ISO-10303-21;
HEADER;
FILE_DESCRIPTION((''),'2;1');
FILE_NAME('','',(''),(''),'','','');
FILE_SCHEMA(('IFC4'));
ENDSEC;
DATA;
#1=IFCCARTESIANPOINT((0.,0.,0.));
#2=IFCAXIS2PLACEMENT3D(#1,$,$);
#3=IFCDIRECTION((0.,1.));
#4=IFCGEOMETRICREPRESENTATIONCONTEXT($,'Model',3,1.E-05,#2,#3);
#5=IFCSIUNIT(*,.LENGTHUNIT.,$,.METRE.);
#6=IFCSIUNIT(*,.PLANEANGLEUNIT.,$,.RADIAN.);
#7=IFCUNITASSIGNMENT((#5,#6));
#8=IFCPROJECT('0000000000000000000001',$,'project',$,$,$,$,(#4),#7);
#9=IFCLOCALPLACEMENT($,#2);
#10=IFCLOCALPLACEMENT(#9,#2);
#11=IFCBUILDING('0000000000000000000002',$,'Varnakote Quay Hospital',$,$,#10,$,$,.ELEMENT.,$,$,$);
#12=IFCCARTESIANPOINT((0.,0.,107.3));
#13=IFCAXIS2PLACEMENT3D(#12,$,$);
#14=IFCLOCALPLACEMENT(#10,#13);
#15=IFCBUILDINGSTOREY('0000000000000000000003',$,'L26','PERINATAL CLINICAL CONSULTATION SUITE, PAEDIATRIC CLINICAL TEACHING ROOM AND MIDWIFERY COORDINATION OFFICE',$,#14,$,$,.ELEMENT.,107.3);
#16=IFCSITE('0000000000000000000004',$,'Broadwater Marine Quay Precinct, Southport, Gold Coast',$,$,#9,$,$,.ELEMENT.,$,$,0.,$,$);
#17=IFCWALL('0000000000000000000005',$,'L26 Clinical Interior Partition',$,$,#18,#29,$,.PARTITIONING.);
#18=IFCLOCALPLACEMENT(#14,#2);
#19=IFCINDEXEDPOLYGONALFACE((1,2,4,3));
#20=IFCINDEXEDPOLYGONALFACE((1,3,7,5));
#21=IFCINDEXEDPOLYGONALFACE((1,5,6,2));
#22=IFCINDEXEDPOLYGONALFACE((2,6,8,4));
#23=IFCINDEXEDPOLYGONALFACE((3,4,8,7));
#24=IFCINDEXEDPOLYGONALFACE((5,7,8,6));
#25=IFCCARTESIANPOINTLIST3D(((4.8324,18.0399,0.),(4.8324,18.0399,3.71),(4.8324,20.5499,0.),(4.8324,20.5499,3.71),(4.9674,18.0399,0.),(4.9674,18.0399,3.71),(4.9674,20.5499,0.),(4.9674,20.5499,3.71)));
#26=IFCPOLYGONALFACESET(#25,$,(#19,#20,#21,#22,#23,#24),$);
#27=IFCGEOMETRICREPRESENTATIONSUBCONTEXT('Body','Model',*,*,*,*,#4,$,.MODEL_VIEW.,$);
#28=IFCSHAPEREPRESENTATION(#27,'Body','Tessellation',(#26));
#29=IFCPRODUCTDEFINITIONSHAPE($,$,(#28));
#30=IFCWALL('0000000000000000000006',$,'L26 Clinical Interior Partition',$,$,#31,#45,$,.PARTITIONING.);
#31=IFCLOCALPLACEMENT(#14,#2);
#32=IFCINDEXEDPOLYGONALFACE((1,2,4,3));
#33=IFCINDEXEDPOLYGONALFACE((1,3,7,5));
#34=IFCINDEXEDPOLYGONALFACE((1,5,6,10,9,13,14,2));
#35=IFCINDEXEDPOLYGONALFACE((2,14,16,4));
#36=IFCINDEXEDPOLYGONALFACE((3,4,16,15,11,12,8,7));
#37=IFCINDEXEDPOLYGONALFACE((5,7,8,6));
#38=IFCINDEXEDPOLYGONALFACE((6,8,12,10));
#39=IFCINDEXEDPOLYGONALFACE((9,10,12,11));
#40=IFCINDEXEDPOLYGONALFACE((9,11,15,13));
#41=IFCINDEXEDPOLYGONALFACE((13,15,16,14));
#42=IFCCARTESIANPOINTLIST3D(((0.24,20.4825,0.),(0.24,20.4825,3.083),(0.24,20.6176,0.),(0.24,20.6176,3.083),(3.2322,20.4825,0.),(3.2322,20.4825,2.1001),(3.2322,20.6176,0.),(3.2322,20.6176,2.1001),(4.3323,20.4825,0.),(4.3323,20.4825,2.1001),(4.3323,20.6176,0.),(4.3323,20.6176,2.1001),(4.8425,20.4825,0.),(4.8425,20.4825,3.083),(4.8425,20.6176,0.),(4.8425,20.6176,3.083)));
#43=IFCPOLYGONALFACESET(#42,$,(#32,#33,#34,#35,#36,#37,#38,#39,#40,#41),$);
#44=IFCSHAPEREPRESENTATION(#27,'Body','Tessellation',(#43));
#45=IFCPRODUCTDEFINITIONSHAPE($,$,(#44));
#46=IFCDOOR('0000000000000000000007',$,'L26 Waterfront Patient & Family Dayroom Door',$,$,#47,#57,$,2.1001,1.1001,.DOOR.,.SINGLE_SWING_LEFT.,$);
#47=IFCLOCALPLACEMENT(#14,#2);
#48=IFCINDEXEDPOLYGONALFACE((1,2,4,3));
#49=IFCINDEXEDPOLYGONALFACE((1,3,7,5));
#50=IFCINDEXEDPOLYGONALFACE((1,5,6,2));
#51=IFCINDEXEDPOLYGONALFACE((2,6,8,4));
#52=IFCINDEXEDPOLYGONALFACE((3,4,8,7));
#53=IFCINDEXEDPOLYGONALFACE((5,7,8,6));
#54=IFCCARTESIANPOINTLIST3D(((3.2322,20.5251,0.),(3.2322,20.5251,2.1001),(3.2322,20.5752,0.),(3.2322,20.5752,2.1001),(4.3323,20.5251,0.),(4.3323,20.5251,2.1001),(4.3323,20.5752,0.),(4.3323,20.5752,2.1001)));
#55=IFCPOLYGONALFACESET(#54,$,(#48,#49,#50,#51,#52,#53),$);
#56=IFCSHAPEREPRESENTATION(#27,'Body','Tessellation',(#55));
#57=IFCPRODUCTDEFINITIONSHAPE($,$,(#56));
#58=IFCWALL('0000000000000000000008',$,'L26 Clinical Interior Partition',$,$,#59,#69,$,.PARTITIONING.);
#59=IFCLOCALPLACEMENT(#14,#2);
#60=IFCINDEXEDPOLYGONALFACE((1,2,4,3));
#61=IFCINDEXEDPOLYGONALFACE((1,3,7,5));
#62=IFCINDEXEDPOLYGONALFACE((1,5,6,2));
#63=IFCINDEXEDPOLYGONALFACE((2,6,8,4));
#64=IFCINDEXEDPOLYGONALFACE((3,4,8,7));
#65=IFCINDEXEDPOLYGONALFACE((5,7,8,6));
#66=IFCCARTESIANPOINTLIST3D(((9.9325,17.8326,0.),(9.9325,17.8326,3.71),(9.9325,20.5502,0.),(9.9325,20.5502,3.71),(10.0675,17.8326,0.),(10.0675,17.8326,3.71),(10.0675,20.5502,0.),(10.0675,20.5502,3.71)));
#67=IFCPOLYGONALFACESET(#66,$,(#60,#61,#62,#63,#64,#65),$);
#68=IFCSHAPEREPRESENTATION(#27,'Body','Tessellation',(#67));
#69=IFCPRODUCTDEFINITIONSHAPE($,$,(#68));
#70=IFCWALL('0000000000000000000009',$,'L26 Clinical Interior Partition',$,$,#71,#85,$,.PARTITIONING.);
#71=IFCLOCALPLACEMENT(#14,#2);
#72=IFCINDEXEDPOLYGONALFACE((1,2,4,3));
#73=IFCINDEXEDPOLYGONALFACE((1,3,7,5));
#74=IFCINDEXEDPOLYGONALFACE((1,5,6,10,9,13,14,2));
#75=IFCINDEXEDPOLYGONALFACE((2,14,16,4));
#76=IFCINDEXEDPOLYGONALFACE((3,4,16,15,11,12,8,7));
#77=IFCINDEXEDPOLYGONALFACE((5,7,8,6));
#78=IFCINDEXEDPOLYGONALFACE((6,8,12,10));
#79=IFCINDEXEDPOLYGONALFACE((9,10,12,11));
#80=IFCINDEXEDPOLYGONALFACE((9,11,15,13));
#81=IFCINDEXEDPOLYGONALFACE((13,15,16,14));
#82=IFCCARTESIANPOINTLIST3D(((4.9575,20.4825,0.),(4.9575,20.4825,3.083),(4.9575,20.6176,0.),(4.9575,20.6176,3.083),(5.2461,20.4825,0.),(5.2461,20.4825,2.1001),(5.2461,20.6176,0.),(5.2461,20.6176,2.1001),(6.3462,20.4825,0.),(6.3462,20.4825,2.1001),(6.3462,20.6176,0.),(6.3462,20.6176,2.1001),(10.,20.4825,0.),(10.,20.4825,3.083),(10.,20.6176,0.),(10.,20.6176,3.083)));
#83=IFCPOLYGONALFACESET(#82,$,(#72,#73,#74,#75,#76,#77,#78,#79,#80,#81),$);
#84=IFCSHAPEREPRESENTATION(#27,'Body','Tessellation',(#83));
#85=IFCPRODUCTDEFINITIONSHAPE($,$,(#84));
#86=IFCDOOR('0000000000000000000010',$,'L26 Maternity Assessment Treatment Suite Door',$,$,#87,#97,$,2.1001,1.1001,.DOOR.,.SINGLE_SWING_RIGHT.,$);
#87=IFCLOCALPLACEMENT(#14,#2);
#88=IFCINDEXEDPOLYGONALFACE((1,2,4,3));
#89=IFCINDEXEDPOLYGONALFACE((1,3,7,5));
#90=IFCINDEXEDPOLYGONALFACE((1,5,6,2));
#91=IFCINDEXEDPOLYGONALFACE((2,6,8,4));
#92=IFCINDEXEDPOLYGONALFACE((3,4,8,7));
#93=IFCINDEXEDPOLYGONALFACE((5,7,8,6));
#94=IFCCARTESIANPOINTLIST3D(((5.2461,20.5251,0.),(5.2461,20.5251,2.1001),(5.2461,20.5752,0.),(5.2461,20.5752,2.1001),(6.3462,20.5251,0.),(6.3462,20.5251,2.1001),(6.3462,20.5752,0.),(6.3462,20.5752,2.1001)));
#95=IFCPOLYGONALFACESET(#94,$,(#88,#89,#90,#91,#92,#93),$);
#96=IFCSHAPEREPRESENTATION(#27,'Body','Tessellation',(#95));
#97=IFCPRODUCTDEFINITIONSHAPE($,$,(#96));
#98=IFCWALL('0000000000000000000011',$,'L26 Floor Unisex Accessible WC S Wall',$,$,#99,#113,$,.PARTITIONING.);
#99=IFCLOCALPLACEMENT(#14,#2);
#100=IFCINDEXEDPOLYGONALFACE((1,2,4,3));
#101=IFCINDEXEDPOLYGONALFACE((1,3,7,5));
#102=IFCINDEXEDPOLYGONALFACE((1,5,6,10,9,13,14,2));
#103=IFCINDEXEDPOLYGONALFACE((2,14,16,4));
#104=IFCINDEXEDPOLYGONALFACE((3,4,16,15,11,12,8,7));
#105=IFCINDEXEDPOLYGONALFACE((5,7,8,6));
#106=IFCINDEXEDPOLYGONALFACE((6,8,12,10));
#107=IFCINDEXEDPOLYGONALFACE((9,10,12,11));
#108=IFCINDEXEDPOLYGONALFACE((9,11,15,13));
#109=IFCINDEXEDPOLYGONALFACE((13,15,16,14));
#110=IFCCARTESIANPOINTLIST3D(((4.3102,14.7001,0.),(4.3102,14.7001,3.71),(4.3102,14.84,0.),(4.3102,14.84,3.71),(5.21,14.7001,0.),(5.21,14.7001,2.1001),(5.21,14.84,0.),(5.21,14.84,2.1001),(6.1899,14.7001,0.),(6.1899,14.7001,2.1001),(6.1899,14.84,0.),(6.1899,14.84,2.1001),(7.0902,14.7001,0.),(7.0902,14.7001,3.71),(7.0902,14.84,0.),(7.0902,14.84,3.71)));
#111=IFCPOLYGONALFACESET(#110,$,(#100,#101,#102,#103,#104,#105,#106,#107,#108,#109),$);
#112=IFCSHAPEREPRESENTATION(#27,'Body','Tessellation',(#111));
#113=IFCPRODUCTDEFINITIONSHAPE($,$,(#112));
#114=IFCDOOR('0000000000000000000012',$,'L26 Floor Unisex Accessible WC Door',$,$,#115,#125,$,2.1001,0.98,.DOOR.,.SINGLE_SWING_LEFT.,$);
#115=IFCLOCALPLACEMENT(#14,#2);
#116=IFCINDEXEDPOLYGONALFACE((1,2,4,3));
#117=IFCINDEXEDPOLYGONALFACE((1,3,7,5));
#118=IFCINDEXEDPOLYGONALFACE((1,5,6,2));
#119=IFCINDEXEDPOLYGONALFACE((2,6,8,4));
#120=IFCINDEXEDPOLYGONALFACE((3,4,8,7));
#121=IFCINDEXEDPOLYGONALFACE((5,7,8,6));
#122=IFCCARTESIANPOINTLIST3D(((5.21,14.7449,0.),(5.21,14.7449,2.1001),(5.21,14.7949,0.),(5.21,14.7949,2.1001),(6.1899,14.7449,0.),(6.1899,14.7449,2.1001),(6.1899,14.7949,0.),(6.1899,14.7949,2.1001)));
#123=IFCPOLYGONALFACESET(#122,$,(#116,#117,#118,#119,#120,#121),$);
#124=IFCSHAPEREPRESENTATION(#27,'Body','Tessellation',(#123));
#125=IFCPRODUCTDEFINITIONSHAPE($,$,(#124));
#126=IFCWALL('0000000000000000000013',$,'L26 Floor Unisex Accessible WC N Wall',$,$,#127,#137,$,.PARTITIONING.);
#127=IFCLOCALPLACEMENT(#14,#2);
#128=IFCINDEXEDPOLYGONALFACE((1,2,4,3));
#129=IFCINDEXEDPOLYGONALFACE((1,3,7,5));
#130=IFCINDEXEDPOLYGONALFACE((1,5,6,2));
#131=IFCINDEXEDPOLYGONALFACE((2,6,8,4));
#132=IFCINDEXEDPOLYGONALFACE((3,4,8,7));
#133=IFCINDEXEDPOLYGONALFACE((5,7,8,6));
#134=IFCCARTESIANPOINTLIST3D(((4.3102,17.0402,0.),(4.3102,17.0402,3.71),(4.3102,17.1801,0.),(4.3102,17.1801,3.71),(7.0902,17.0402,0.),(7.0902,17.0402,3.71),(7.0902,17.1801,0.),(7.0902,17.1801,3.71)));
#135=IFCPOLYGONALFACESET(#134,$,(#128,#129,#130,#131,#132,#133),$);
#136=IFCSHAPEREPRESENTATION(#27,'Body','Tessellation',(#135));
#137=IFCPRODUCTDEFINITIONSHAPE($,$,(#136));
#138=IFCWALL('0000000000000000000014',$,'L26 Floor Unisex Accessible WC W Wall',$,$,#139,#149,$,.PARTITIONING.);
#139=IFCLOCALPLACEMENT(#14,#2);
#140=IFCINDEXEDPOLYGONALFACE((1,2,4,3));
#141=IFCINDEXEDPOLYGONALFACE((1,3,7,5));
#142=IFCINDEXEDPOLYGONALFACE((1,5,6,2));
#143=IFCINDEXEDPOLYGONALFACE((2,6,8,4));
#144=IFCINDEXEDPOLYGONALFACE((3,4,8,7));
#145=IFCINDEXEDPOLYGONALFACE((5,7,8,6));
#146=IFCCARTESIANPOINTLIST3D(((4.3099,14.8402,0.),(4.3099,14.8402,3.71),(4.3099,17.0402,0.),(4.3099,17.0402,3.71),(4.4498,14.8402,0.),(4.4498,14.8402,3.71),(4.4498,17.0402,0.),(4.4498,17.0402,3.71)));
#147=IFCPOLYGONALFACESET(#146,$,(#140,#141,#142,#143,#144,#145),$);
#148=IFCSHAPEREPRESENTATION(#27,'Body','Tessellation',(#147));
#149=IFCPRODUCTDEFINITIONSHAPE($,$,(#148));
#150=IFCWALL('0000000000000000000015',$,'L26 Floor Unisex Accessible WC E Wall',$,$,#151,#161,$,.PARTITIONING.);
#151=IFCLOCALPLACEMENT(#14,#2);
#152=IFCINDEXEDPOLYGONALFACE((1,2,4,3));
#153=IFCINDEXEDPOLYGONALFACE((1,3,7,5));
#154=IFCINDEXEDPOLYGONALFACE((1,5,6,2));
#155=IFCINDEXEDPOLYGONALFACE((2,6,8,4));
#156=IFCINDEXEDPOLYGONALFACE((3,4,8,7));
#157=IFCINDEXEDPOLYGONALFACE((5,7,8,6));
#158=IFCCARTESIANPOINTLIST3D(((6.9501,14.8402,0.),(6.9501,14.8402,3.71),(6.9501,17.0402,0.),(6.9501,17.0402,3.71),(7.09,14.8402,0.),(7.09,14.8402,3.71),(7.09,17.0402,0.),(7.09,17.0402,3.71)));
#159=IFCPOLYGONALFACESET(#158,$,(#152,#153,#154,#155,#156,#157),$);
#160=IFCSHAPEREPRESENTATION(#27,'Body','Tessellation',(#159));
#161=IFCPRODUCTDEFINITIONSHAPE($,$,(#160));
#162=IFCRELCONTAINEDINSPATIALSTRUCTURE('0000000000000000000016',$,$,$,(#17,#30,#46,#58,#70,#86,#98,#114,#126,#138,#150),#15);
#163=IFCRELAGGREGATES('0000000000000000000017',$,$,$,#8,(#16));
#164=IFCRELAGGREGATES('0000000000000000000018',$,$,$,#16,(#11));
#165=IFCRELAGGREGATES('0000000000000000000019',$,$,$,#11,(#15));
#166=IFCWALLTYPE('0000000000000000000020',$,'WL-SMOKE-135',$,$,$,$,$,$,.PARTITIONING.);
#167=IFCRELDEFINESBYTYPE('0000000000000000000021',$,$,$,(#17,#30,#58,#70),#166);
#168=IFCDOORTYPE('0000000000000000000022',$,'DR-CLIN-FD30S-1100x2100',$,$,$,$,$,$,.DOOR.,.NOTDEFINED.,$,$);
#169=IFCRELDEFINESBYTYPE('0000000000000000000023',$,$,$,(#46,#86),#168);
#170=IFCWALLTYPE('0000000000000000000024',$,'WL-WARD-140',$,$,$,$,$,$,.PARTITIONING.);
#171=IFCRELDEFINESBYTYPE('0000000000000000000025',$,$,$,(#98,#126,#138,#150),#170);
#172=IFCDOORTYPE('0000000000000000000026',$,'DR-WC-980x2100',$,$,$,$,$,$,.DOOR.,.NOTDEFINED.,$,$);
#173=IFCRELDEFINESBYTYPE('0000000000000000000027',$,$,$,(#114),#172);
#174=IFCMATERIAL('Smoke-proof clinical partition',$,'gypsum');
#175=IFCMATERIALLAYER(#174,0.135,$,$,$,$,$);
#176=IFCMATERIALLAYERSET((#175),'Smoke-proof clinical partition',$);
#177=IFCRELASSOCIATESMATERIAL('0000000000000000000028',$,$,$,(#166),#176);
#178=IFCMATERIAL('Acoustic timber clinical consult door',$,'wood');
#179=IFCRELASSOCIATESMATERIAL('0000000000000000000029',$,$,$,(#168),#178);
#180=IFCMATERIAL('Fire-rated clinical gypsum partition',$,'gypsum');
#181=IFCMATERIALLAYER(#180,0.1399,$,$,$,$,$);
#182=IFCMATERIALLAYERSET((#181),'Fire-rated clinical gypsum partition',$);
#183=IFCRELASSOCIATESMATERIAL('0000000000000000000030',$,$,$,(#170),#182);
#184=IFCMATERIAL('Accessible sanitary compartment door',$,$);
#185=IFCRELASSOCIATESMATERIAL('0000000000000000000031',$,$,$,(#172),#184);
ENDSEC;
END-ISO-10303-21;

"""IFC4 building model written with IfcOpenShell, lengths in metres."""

from ifc_helpers import new_model, si_unit, direction, frame, frame_2d, origin, place, context, subcontext, project, spatial, rectangle, extrude, material, layer, layer_set, type_object, element, fill, save


model = new_model("IFC4")

# Units and contexts
model_context = context("Model", 3, precision=1e-05, world=origin(), true_north=direction((0.0, 1.0)))
body_context = subcontext(model_context, "Body", "Model", "MODEL_VIEW")
ifc_project = project(units=[si_unit("LENGTHUNIT", "METRE"), si_unit("PLANEANGLEUNIT", "RADIAN")], contexts=[model_context])

# Site, building, storey
site_placement = place(None, origin())
site = spatial("IfcSite", under=ifc_project, at=site_placement, Name="Broadwater Marine Quay Precinct, Southport, Gold Coast", CompositionType="ELEMENT", RefElevation=0.0)
building_placement = place(site_placement, origin())
building = spatial("IfcBuilding", under=site, at=building_placement, Name="Varnakote Quay Hospital", CompositionType="ELEMENT")
storey_placement = place(building_placement, frame((0.0, 0.0, 107.3)))
storey = spatial("IfcBuildingStorey", under=building, at=storey_placement, Name="L26", Description="PERINATAL CLINICAL CONSULTATION SUITE, PAEDIATRIC CLINICAL TEACHING ROOM AND MIDWIFERY COORDINATION OFFICE", CompositionType="ELEMENT", Elevation=107.3)

# Wall
ifc_material_1 = material(Name="Smoke-proof clinical partition", Category="gypsum")
ifc_layer_1 = layer(ifc_material_1, 0.135)
ifc_layer_set_1 = layer_set([ifc_layer_1], Name="Smoke-proof clinical partition")
wall_type_1 = type_object("IfcWallType", Name="WL-SMOKE-135", PredefinedType="PARTITIONING", material=ifc_layer_set_1)
wall_1_placement = place(storey_placement, frame((4.8999, 18.04, 0.0), z_axis=(0.0, 0.0, 1.0), x_axis=(0.0, 1.0, 0.0)))
element("IfcWall", 1, at=wall_1_placement, inside=storey, type_object=wall_type_1, Name="L26 Clinical Interior Partition", PredefinedType="PARTITIONING", context=body_context, shape_type="SweptSolid", body=[
    extrude(rectangle(XDim=2.51, YDim=0.135, at=frame_2d((1.2549, 0.0))), origin(), (0.0, 0.0, 1.0), 3.71),
])

# Wall, opening, door
wall_2_placement = place(storey_placement, frame((4.8425, 20.55, 0.0), z_axis=(0.0, 0.0, 1.0), x_axis=(-1.0, 0.0, 0.0)))
wall_2 = element("IfcWall", 2, at=wall_2_placement, inside=storey, type_object=wall_type_1, Name="L26 Clinical Interior Partition", PredefinedType="PARTITIONING", context=body_context, shape_type="SweptSolid", body=[
    extrude(rectangle(XDim=4.6025, YDim=0.135, at=frame_2d((2.3013, 0.0))), origin(), (0.0, 0.0, 1.0), 3.083),
])
opening_1_placement = place(wall_2_placement, frame((0.5103, 0.0, 0.0)))
opening_1 = element("IfcOpeningElement", 3, at=opening_1_placement, cuts=wall_2, PredefinedType="OPENING", context=body_context, shape_type="SweptSolid", body=[
    extrude(rectangle(XDim=1.1001, YDim=2.1001, at=frame_2d((0.55, 1.05))), frame((0.0, 0.0774, 0.0), z_axis=(0.0, -1.0, 0.0), x_axis=(1.0, 0.0, 0.0)), (0.0, 0.0, 1.0), 0.155),
])
ifc_material_2 = material(Name="Acoustic timber clinical consult door", Category="wood")
door_type_1 = type_object("IfcDoorType", Name="DR-CLIN-FD30S-1100x2100", OperationType="NOTDEFINED", PredefinedType="DOOR", material=ifc_material_2)
door_1_placement = place(opening_1_placement, origin())
door_1 = element("IfcDoor", 4, at=door_1_placement, inside=storey, type_object=door_type_1, Name="L26 Waterfront Patient & Family Dayroom Door", OperationType="SINGLE_SWING_LEFT", OverallHeight=2.1001, OverallWidth=1.1001, PredefinedType="DOOR", context=body_context, shape_type="SweptSolid", body=[
    extrude(rectangle(XDim=1.1001, YDim=2.1001, at=frame_2d((0.55, 1.05))), frame((0.0, 0.0249, 0.0), z_axis=(0.0, -1.0, 0.0), x_axis=(1.0, 0.0, 0.0)), (0.0, 0.0, 1.0), 0.05),
])
fill(opening_1, door_1)

# Wall
wall_3_placement = place(storey_placement, frame((10.0, 17.8325, 0.0), z_axis=(0.0, 0.0, 1.0), x_axis=(0.0, 1.0, 0.0)))
element("IfcWall", 5, at=wall_3_placement, inside=storey, type_object=wall_type_1, Name="L26 Clinical Interior Partition", PredefinedType="PARTITIONING", context=body_context, shape_type="SweptSolid", body=[
    extrude(rectangle(XDim=2.7175, YDim=0.135, at=frame_2d((1.3589, 0.0))), origin(), (0.0, 0.0, 1.0), 3.71),
])

# Walls, openings, doors
wall_4_placement = place(storey_placement, frame((10.0, 20.55, 0.0), z_axis=(0.0, 0.0, 1.0), x_axis=(-1.0, 0.0, 0.0)))
wall_4 = element("IfcWall", 6, at=wall_4_placement, inside=storey, type_object=wall_type_1, Name="L26 Clinical Interior Partition", PredefinedType="PARTITIONING", context=body_context, shape_type="SweptSolid", body=[
    extrude(rectangle(XDim=5.0425, YDim=0.135, at=frame_2d((2.5212, 0.0))), origin(), (0.0, 0.0, 1.0), 3.083),
])
opening_2_placement = place(wall_4_placement, frame((3.6538, 0.0, 0.0)))
opening_2 = element("IfcOpeningElement", 7, at=opening_2_placement, cuts=wall_4, PredefinedType="OPENING", context=body_context, shape_type="SweptSolid", body=[
    extrude(rectangle(XDim=1.1001, YDim=2.1001, at=frame_2d((0.55, 1.05))), frame((0.0, 0.0774, 0.0), z_axis=(0.0, -1.0, 0.0), x_axis=(1.0, 0.0, 0.0)), (0.0, 0.0, 1.0), 0.155),
])
door_2_placement = place(opening_2_placement, origin())
door_2 = element("IfcDoor", 8, at=door_2_placement, inside=storey, type_object=door_type_1, Name="L26 Maternity Assessment Treatment Suite Door", OperationType="SINGLE_SWING_RIGHT", OverallHeight=2.1001, OverallWidth=1.1001, PredefinedType="DOOR", context=body_context, shape_type="SweptSolid", body=[
    extrude(rectangle(XDim=1.1001, YDim=2.1001, at=frame_2d((0.55, 1.05))), frame((0.0, 0.0249, 0.0), z_axis=(0.0, -1.0, 0.0), x_axis=(1.0, 0.0, 0.0)), (0.0, 0.0, 1.0), 0.05),
])
fill(opening_2, door_2)
ifc_material_3 = material(Name="Fire-rated clinical gypsum partition", Category="gypsum")
ifc_layer_2 = layer(ifc_material_3, 0.1399)
ifc_layer_set_2 = layer_set([ifc_layer_2], Name="Fire-rated clinical gypsum partition")
wall_type_2 = type_object("IfcWallType", Name="WL-WARD-140", PredefinedType="PARTITIONING", material=ifc_layer_set_2)
wall_5_placement = place(storey_placement, frame((4.3101, 14.77, 0.0), z_axis=(0.0, 0.0, 1.0), x_axis=(1.0, 0.0, 0.0)))
wall_5 = element("IfcWall", 9, at=wall_5_placement, inside=storey, type_object=wall_type_2, Name="L26 Floor Unisex Accessible WC S Wall", PredefinedType="PARTITIONING", context=body_context, shape_type="SweptSolid", body=[
    extrude(rectangle(XDim=2.78, YDim=0.1399, at=frame_2d((1.3901, 0.0))), origin(), (0.0, 0.0, 1.0), 3.71),
])
opening_3_placement = place(wall_5_placement, frame((0.8999, 0.0, 0.0)))
opening_3 = element("IfcOpeningElement", 10, at=opening_3_placement, cuts=wall_5, PredefinedType="OPENING", context=body_context, shape_type="SweptSolid", body=[
    extrude(rectangle(XDim=0.98, YDim=2.1001, at=frame_2d((0.49, 1.05))), frame((0.0, 0.0798, 0.0), z_axis=(0.0, -1.0, 0.0), x_axis=(1.0, 0.0, 0.0)), (0.0, 0.0, 1.0), 0.1599),
])
ifc_material_4 = material(Name="Accessible sanitary compartment door")
door_type_2 = type_object("IfcDoorType", Name="DR-WC-980x2100", OperationType="NOTDEFINED", PredefinedType="DOOR", material=ifc_material_4)
door_3_placement = place(opening_3_placement, origin())
door_3 = element("IfcDoor", 11, at=door_3_placement, inside=storey, type_object=door_type_2, Name="L26 Floor Unisex Accessible WC Door", OperationType="SINGLE_SWING_LEFT", OverallHeight=2.1001, OverallWidth=0.98, PredefinedType="DOOR", context=body_context, shape_type="SweptSolid", body=[
    extrude(rectangle(XDim=0.98, YDim=2.1001, at=frame_2d((0.49, 1.05))), frame((0.0, 0.0249, 0.0), z_axis=(0.0, -1.0, 0.0), x_axis=(1.0, 0.0, 0.0)), (0.0, 0.0, 1.0), 0.05),
])
fill(opening_3, door_3)

# Walls
wall_6_placement = place(storey_placement, frame((4.3101, 17.1101, 0.0), z_axis=(0.0, 0.0, 1.0), x_axis=(1.0, 0.0, 0.0)))
element("IfcWall", 12, at=wall_6_placement, inside=storey, type_object=wall_type_2, Name="L26 Floor Unisex Accessible WC N Wall", PredefinedType="PARTITIONING", context=body_context, shape_type="SweptSolid", body=[
    extrude(rectangle(XDim=2.78, YDim=0.1399, at=frame_2d((1.3901, 0.0))), origin(), (0.0, 0.0, 1.0), 3.71),
])
for number, where, z_axis, x_axis, name in (
    (13, (4.3799, 14.8401, 0.0), (0.0, 0.0, 1.0), (0.0, 1.0, 0.0), "L26 Floor Unisex Accessible WC W Wall"),
    (14, (7.02, 14.8401, 0.0), (0.0, 0.0, 1.0), (0.0, 1.0, 0.0), "L26 Floor Unisex Accessible WC E Wall"),
):
    element("IfcWall", number, at=place(storey_placement, frame(where, z_axis=z_axis, x_axis=x_axis)), inside=storey, type_object=wall_type_2, Name=name, PredefinedType="PARTITIONING", context=body_context, shape_type="SweptSolid", body=[
        extrude(rectangle(XDim=2.2, YDim=0.1399, at=frame_2d((1.1001, 0.0))), origin(), (0.0, 0.0, 1.0), 3.71),
    ])

save(model, "model.ifc")
